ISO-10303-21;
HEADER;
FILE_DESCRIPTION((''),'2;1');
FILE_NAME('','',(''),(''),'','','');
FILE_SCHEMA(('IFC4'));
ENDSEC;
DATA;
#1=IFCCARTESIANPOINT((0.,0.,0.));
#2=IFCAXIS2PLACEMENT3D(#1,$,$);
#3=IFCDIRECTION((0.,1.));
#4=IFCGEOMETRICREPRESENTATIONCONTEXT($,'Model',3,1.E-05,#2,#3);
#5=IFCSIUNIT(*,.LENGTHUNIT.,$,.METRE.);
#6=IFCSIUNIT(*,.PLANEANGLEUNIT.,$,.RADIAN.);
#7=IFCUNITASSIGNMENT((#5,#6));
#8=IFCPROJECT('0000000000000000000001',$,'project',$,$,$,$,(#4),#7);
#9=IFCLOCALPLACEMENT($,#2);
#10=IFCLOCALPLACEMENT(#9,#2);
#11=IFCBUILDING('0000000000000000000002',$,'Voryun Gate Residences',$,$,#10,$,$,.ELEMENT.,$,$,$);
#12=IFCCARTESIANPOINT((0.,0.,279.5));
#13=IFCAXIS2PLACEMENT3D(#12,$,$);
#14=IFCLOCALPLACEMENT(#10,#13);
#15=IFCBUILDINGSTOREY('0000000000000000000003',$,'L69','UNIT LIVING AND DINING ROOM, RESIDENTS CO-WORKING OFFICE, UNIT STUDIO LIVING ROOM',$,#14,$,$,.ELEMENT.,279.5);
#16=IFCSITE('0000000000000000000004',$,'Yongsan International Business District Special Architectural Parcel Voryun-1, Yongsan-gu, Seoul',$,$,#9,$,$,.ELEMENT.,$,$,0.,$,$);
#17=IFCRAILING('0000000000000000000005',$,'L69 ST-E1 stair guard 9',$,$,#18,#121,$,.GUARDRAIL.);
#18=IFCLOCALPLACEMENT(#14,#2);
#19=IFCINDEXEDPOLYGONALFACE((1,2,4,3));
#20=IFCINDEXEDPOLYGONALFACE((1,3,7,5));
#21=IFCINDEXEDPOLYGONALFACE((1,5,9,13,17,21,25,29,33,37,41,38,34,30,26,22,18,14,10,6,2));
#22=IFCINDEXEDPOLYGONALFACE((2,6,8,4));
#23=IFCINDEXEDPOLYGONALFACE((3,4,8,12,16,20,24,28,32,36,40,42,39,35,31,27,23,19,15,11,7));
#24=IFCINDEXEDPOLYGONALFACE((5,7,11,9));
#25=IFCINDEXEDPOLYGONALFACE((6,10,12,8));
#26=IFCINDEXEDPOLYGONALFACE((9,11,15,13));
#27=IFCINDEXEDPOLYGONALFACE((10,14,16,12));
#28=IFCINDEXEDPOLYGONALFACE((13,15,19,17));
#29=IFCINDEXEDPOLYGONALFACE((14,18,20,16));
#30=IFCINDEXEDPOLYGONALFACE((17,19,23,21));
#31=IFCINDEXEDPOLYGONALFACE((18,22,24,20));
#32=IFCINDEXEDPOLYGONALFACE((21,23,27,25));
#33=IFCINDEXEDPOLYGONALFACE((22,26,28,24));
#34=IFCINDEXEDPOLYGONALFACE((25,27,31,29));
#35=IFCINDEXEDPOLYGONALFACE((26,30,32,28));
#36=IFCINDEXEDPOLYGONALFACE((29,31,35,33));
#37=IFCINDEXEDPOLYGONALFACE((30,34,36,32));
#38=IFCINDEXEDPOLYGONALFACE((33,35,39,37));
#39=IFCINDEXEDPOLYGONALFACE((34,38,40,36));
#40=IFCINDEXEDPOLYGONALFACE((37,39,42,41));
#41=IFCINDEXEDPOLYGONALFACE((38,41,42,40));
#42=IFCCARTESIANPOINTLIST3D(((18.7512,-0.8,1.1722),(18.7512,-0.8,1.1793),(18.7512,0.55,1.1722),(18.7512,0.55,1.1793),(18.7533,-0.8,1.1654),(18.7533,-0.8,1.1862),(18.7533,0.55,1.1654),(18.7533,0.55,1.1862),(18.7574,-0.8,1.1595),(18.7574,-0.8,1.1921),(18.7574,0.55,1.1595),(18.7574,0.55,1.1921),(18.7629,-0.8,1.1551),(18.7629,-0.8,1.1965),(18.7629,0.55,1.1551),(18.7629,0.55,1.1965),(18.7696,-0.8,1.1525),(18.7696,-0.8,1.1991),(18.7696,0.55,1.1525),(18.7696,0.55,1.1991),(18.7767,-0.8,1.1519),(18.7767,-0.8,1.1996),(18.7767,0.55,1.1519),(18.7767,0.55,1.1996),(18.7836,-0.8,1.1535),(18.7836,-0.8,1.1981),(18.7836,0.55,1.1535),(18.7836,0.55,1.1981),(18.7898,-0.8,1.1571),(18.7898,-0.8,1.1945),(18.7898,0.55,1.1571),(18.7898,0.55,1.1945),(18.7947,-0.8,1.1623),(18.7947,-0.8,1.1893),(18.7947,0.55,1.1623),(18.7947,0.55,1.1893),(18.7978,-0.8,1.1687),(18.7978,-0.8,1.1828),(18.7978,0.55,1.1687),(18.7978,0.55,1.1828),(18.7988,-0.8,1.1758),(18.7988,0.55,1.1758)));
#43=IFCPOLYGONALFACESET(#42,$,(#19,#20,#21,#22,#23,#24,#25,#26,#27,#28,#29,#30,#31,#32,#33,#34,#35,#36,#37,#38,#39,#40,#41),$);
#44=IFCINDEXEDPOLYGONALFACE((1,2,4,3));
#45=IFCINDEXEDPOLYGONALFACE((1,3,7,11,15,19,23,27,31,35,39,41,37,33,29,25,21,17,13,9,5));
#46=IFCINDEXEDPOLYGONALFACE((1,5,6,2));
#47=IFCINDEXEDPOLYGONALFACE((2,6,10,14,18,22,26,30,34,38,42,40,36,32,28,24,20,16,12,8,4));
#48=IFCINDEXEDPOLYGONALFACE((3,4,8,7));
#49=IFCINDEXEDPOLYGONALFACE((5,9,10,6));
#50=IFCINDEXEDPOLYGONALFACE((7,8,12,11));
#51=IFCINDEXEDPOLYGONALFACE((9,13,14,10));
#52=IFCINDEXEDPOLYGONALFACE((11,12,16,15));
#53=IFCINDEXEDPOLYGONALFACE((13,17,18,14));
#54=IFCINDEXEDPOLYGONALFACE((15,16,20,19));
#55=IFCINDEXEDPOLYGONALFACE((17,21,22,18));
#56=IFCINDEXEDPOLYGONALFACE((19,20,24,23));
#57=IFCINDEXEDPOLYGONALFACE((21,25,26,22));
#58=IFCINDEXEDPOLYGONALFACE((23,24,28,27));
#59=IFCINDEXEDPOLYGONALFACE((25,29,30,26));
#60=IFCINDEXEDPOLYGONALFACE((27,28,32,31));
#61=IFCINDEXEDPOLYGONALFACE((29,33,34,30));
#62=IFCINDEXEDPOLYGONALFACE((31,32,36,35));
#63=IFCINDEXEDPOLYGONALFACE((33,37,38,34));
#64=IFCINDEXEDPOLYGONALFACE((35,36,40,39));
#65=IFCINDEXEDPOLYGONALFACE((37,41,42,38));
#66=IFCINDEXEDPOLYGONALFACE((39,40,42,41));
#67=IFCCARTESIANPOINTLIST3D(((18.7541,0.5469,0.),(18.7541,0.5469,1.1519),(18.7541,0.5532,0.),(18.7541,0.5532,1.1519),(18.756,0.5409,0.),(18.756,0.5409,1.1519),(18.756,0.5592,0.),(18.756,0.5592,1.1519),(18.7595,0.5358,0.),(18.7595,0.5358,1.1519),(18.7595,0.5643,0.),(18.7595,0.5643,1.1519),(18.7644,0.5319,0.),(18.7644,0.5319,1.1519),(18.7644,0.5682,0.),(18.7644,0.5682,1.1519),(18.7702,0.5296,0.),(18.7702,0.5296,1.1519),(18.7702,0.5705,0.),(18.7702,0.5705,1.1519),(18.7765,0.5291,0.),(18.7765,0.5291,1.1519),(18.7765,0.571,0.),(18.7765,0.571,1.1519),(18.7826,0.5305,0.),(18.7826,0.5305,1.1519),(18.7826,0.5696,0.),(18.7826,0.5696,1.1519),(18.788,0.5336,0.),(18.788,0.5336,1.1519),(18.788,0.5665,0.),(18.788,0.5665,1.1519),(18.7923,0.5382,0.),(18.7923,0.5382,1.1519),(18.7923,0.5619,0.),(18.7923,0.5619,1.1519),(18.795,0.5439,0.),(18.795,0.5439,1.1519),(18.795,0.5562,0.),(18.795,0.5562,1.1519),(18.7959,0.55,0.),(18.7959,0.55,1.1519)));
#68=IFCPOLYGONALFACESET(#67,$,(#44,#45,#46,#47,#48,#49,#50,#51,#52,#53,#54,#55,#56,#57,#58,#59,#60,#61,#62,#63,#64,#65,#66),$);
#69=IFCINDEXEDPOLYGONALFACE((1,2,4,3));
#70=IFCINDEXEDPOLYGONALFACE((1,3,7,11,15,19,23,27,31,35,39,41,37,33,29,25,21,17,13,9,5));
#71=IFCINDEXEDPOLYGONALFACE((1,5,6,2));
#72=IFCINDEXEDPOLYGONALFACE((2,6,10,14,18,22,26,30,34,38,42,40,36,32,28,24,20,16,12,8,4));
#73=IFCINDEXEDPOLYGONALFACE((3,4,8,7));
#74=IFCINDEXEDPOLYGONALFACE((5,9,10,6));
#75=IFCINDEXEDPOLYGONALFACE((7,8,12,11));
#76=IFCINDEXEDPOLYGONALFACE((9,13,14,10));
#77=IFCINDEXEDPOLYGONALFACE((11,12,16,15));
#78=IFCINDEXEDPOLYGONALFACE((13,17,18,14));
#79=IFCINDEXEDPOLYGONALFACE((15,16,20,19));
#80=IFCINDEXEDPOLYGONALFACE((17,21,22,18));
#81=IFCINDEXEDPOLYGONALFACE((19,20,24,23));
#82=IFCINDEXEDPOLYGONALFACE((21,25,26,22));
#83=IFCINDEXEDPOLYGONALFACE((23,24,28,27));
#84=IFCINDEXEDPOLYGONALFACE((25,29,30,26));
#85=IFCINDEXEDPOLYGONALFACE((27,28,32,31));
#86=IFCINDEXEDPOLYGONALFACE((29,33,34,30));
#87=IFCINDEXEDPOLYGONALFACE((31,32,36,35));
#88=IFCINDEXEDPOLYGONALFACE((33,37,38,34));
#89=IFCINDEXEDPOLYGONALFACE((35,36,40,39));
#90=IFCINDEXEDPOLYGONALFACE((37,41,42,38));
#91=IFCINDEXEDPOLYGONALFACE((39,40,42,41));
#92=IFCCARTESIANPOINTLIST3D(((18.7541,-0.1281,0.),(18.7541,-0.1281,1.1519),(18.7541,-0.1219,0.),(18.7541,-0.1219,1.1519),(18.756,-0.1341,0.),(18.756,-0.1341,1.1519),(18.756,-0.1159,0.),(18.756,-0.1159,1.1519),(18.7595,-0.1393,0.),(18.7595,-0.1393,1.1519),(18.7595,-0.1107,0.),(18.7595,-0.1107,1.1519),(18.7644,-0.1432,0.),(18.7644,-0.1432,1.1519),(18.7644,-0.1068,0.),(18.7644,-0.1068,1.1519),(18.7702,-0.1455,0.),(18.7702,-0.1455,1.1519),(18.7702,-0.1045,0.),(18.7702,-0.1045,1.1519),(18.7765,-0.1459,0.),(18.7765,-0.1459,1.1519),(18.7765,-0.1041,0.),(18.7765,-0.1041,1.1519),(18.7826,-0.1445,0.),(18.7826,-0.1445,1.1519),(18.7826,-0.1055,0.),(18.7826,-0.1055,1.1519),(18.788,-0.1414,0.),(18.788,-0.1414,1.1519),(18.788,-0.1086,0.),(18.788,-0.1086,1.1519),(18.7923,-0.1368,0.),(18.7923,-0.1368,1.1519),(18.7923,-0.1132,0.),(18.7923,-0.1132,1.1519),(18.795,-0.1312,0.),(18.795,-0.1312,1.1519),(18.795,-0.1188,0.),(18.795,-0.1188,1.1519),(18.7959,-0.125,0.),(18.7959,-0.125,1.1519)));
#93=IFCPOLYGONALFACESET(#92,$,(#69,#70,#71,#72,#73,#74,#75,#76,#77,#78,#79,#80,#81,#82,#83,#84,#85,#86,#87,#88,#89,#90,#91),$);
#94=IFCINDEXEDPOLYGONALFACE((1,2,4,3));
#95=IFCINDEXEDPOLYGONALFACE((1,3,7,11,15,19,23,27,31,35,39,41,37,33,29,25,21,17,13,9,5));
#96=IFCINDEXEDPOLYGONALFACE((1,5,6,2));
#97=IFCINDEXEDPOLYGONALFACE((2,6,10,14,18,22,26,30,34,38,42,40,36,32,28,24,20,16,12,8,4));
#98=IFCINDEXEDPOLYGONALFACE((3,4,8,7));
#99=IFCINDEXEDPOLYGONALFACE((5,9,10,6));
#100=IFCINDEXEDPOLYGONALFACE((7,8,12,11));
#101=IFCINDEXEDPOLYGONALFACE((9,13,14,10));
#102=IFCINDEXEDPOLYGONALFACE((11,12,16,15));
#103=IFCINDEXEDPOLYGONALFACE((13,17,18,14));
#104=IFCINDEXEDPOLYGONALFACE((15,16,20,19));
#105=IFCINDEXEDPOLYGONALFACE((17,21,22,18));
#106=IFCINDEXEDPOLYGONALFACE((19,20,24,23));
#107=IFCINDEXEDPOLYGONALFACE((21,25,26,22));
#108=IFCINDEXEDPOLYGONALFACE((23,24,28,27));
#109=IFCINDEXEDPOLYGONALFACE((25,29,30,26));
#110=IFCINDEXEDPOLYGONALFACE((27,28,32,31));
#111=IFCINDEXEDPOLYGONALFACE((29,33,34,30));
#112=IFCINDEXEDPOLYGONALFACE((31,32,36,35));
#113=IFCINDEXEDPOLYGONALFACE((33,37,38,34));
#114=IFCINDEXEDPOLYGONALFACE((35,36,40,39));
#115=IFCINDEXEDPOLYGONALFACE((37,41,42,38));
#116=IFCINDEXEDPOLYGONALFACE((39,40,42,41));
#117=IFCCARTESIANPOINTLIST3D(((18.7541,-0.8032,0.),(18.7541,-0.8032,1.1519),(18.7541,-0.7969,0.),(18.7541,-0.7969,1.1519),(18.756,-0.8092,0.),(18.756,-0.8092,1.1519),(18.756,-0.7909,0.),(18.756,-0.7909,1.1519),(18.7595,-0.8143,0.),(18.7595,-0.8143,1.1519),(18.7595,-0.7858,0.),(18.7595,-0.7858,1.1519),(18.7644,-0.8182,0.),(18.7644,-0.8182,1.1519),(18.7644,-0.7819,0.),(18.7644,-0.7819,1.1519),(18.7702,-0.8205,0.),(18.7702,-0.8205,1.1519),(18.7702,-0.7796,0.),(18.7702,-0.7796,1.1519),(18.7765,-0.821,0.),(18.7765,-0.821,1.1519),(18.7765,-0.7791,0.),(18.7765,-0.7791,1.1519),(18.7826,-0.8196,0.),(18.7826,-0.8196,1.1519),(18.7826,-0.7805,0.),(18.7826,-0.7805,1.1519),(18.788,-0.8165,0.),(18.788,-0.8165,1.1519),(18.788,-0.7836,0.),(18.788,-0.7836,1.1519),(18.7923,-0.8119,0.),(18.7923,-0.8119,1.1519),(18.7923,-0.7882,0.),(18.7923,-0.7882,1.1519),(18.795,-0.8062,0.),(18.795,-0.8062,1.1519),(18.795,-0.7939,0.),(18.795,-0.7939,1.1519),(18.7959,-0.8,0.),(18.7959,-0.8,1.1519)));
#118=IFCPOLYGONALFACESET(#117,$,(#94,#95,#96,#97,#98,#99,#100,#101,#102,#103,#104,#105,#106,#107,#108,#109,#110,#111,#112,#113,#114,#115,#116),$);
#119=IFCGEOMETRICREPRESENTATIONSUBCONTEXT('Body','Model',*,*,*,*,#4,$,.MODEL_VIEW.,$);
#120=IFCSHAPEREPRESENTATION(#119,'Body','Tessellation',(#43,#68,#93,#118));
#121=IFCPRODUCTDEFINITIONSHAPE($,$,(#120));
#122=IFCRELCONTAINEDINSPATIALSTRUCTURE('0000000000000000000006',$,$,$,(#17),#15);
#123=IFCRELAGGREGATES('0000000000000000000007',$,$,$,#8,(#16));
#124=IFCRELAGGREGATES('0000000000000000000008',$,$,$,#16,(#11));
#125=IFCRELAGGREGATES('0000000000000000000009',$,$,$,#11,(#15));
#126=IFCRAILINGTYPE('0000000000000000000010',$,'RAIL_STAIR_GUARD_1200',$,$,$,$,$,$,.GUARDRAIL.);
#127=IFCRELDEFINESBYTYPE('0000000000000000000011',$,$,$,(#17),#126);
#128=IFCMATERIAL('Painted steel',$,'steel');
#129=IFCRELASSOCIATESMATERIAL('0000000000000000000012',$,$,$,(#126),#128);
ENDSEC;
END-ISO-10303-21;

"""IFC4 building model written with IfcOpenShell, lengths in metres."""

from ifc_helpers import new_model, si_unit, direction, frame, origin, origin_2d, place, context, subcontext, project, spatial, circle, extrude, material, type_object, element, save


model = new_model("IFC4")

# Units and contexts
model_context = context("Model", 3, precision=1e-05, world=origin(), true_north=direction((0.0, 1.0)))
body_context = subcontext(model_context, "Body", "Model", "MODEL_VIEW")
ifc_project = project(units=[si_unit("LENGTHUNIT", "METRE"), si_unit("PLANEANGLEUNIT", "RADIAN")], contexts=[model_context])

# Site, building, storey
site_placement = place(None, origin())
site = spatial("IfcSite", under=ifc_project, at=site_placement, Name="Yongsan International Business District Special Architectural Parcel Voryun-1, Yongsan-gu, Seoul", CompositionType="ELEMENT", RefElevation=0.0)
building_placement = place(site_placement, origin())
building = spatial("IfcBuilding", under=site, at=building_placement, Name="Voryun Gate Residences", CompositionType="ELEMENT")
storey_placement = place(building_placement, frame((0.0, 0.0, 279.5)))
storey = spatial("IfcBuildingStorey", under=building, at=storey_placement, Name="L69", Description="UNIT LIVING AND DINING ROOM, RESIDENTS CO-WORKING OFFICE, UNIT STUDIO LIVING ROOM", CompositionType="ELEMENT", Elevation=279.5)

# Railing
ifc_material_1 = material(Name="Painted steel", Category="steel")
railing_type = type_object("IfcRailingType", Name="RAIL_STAIR_GUARD_1200", PredefinedType="GUARDRAIL", material=ifc_material_1)
for number, where, name in (
    (1, (18.7749, 0.55, 0.0), "L69 ST-E1 stair guard 9"),
):
    element("IfcRailing", number, at=place(storey_placement, frame(where)), inside=storey, type_object=railing_type, Name=name, PredefinedType="GUARDRAIL", context=body_context, shape_type="SweptSolid", body=[
        extrude(circle(Radius=0.0239, at=origin_2d()), frame((0.0, 0.0, 1.1758), z_axis=(0.0, -1.0, 0.0), x_axis=(1.0, 0.0, 0.0)), (0.0, 0.0, 1.0), 1.3501),
        extrude(circle(Radius=0.021, at=origin_2d()), origin(), (0.0, 0.0, 1.0), 1.1519),
        extrude(circle(Radius=0.021, at=origin_2d()), frame((0.0, -0.675, 0.0)), (0.0, 0.0, 1.0), 1.1519),
        extrude(circle(Radius=0.021, at=origin_2d()), frame((0.0, -1.3501, 0.0)), (0.0, 0.0, 1.0), 1.1519),
    ])

save(model, "model.ifc")
